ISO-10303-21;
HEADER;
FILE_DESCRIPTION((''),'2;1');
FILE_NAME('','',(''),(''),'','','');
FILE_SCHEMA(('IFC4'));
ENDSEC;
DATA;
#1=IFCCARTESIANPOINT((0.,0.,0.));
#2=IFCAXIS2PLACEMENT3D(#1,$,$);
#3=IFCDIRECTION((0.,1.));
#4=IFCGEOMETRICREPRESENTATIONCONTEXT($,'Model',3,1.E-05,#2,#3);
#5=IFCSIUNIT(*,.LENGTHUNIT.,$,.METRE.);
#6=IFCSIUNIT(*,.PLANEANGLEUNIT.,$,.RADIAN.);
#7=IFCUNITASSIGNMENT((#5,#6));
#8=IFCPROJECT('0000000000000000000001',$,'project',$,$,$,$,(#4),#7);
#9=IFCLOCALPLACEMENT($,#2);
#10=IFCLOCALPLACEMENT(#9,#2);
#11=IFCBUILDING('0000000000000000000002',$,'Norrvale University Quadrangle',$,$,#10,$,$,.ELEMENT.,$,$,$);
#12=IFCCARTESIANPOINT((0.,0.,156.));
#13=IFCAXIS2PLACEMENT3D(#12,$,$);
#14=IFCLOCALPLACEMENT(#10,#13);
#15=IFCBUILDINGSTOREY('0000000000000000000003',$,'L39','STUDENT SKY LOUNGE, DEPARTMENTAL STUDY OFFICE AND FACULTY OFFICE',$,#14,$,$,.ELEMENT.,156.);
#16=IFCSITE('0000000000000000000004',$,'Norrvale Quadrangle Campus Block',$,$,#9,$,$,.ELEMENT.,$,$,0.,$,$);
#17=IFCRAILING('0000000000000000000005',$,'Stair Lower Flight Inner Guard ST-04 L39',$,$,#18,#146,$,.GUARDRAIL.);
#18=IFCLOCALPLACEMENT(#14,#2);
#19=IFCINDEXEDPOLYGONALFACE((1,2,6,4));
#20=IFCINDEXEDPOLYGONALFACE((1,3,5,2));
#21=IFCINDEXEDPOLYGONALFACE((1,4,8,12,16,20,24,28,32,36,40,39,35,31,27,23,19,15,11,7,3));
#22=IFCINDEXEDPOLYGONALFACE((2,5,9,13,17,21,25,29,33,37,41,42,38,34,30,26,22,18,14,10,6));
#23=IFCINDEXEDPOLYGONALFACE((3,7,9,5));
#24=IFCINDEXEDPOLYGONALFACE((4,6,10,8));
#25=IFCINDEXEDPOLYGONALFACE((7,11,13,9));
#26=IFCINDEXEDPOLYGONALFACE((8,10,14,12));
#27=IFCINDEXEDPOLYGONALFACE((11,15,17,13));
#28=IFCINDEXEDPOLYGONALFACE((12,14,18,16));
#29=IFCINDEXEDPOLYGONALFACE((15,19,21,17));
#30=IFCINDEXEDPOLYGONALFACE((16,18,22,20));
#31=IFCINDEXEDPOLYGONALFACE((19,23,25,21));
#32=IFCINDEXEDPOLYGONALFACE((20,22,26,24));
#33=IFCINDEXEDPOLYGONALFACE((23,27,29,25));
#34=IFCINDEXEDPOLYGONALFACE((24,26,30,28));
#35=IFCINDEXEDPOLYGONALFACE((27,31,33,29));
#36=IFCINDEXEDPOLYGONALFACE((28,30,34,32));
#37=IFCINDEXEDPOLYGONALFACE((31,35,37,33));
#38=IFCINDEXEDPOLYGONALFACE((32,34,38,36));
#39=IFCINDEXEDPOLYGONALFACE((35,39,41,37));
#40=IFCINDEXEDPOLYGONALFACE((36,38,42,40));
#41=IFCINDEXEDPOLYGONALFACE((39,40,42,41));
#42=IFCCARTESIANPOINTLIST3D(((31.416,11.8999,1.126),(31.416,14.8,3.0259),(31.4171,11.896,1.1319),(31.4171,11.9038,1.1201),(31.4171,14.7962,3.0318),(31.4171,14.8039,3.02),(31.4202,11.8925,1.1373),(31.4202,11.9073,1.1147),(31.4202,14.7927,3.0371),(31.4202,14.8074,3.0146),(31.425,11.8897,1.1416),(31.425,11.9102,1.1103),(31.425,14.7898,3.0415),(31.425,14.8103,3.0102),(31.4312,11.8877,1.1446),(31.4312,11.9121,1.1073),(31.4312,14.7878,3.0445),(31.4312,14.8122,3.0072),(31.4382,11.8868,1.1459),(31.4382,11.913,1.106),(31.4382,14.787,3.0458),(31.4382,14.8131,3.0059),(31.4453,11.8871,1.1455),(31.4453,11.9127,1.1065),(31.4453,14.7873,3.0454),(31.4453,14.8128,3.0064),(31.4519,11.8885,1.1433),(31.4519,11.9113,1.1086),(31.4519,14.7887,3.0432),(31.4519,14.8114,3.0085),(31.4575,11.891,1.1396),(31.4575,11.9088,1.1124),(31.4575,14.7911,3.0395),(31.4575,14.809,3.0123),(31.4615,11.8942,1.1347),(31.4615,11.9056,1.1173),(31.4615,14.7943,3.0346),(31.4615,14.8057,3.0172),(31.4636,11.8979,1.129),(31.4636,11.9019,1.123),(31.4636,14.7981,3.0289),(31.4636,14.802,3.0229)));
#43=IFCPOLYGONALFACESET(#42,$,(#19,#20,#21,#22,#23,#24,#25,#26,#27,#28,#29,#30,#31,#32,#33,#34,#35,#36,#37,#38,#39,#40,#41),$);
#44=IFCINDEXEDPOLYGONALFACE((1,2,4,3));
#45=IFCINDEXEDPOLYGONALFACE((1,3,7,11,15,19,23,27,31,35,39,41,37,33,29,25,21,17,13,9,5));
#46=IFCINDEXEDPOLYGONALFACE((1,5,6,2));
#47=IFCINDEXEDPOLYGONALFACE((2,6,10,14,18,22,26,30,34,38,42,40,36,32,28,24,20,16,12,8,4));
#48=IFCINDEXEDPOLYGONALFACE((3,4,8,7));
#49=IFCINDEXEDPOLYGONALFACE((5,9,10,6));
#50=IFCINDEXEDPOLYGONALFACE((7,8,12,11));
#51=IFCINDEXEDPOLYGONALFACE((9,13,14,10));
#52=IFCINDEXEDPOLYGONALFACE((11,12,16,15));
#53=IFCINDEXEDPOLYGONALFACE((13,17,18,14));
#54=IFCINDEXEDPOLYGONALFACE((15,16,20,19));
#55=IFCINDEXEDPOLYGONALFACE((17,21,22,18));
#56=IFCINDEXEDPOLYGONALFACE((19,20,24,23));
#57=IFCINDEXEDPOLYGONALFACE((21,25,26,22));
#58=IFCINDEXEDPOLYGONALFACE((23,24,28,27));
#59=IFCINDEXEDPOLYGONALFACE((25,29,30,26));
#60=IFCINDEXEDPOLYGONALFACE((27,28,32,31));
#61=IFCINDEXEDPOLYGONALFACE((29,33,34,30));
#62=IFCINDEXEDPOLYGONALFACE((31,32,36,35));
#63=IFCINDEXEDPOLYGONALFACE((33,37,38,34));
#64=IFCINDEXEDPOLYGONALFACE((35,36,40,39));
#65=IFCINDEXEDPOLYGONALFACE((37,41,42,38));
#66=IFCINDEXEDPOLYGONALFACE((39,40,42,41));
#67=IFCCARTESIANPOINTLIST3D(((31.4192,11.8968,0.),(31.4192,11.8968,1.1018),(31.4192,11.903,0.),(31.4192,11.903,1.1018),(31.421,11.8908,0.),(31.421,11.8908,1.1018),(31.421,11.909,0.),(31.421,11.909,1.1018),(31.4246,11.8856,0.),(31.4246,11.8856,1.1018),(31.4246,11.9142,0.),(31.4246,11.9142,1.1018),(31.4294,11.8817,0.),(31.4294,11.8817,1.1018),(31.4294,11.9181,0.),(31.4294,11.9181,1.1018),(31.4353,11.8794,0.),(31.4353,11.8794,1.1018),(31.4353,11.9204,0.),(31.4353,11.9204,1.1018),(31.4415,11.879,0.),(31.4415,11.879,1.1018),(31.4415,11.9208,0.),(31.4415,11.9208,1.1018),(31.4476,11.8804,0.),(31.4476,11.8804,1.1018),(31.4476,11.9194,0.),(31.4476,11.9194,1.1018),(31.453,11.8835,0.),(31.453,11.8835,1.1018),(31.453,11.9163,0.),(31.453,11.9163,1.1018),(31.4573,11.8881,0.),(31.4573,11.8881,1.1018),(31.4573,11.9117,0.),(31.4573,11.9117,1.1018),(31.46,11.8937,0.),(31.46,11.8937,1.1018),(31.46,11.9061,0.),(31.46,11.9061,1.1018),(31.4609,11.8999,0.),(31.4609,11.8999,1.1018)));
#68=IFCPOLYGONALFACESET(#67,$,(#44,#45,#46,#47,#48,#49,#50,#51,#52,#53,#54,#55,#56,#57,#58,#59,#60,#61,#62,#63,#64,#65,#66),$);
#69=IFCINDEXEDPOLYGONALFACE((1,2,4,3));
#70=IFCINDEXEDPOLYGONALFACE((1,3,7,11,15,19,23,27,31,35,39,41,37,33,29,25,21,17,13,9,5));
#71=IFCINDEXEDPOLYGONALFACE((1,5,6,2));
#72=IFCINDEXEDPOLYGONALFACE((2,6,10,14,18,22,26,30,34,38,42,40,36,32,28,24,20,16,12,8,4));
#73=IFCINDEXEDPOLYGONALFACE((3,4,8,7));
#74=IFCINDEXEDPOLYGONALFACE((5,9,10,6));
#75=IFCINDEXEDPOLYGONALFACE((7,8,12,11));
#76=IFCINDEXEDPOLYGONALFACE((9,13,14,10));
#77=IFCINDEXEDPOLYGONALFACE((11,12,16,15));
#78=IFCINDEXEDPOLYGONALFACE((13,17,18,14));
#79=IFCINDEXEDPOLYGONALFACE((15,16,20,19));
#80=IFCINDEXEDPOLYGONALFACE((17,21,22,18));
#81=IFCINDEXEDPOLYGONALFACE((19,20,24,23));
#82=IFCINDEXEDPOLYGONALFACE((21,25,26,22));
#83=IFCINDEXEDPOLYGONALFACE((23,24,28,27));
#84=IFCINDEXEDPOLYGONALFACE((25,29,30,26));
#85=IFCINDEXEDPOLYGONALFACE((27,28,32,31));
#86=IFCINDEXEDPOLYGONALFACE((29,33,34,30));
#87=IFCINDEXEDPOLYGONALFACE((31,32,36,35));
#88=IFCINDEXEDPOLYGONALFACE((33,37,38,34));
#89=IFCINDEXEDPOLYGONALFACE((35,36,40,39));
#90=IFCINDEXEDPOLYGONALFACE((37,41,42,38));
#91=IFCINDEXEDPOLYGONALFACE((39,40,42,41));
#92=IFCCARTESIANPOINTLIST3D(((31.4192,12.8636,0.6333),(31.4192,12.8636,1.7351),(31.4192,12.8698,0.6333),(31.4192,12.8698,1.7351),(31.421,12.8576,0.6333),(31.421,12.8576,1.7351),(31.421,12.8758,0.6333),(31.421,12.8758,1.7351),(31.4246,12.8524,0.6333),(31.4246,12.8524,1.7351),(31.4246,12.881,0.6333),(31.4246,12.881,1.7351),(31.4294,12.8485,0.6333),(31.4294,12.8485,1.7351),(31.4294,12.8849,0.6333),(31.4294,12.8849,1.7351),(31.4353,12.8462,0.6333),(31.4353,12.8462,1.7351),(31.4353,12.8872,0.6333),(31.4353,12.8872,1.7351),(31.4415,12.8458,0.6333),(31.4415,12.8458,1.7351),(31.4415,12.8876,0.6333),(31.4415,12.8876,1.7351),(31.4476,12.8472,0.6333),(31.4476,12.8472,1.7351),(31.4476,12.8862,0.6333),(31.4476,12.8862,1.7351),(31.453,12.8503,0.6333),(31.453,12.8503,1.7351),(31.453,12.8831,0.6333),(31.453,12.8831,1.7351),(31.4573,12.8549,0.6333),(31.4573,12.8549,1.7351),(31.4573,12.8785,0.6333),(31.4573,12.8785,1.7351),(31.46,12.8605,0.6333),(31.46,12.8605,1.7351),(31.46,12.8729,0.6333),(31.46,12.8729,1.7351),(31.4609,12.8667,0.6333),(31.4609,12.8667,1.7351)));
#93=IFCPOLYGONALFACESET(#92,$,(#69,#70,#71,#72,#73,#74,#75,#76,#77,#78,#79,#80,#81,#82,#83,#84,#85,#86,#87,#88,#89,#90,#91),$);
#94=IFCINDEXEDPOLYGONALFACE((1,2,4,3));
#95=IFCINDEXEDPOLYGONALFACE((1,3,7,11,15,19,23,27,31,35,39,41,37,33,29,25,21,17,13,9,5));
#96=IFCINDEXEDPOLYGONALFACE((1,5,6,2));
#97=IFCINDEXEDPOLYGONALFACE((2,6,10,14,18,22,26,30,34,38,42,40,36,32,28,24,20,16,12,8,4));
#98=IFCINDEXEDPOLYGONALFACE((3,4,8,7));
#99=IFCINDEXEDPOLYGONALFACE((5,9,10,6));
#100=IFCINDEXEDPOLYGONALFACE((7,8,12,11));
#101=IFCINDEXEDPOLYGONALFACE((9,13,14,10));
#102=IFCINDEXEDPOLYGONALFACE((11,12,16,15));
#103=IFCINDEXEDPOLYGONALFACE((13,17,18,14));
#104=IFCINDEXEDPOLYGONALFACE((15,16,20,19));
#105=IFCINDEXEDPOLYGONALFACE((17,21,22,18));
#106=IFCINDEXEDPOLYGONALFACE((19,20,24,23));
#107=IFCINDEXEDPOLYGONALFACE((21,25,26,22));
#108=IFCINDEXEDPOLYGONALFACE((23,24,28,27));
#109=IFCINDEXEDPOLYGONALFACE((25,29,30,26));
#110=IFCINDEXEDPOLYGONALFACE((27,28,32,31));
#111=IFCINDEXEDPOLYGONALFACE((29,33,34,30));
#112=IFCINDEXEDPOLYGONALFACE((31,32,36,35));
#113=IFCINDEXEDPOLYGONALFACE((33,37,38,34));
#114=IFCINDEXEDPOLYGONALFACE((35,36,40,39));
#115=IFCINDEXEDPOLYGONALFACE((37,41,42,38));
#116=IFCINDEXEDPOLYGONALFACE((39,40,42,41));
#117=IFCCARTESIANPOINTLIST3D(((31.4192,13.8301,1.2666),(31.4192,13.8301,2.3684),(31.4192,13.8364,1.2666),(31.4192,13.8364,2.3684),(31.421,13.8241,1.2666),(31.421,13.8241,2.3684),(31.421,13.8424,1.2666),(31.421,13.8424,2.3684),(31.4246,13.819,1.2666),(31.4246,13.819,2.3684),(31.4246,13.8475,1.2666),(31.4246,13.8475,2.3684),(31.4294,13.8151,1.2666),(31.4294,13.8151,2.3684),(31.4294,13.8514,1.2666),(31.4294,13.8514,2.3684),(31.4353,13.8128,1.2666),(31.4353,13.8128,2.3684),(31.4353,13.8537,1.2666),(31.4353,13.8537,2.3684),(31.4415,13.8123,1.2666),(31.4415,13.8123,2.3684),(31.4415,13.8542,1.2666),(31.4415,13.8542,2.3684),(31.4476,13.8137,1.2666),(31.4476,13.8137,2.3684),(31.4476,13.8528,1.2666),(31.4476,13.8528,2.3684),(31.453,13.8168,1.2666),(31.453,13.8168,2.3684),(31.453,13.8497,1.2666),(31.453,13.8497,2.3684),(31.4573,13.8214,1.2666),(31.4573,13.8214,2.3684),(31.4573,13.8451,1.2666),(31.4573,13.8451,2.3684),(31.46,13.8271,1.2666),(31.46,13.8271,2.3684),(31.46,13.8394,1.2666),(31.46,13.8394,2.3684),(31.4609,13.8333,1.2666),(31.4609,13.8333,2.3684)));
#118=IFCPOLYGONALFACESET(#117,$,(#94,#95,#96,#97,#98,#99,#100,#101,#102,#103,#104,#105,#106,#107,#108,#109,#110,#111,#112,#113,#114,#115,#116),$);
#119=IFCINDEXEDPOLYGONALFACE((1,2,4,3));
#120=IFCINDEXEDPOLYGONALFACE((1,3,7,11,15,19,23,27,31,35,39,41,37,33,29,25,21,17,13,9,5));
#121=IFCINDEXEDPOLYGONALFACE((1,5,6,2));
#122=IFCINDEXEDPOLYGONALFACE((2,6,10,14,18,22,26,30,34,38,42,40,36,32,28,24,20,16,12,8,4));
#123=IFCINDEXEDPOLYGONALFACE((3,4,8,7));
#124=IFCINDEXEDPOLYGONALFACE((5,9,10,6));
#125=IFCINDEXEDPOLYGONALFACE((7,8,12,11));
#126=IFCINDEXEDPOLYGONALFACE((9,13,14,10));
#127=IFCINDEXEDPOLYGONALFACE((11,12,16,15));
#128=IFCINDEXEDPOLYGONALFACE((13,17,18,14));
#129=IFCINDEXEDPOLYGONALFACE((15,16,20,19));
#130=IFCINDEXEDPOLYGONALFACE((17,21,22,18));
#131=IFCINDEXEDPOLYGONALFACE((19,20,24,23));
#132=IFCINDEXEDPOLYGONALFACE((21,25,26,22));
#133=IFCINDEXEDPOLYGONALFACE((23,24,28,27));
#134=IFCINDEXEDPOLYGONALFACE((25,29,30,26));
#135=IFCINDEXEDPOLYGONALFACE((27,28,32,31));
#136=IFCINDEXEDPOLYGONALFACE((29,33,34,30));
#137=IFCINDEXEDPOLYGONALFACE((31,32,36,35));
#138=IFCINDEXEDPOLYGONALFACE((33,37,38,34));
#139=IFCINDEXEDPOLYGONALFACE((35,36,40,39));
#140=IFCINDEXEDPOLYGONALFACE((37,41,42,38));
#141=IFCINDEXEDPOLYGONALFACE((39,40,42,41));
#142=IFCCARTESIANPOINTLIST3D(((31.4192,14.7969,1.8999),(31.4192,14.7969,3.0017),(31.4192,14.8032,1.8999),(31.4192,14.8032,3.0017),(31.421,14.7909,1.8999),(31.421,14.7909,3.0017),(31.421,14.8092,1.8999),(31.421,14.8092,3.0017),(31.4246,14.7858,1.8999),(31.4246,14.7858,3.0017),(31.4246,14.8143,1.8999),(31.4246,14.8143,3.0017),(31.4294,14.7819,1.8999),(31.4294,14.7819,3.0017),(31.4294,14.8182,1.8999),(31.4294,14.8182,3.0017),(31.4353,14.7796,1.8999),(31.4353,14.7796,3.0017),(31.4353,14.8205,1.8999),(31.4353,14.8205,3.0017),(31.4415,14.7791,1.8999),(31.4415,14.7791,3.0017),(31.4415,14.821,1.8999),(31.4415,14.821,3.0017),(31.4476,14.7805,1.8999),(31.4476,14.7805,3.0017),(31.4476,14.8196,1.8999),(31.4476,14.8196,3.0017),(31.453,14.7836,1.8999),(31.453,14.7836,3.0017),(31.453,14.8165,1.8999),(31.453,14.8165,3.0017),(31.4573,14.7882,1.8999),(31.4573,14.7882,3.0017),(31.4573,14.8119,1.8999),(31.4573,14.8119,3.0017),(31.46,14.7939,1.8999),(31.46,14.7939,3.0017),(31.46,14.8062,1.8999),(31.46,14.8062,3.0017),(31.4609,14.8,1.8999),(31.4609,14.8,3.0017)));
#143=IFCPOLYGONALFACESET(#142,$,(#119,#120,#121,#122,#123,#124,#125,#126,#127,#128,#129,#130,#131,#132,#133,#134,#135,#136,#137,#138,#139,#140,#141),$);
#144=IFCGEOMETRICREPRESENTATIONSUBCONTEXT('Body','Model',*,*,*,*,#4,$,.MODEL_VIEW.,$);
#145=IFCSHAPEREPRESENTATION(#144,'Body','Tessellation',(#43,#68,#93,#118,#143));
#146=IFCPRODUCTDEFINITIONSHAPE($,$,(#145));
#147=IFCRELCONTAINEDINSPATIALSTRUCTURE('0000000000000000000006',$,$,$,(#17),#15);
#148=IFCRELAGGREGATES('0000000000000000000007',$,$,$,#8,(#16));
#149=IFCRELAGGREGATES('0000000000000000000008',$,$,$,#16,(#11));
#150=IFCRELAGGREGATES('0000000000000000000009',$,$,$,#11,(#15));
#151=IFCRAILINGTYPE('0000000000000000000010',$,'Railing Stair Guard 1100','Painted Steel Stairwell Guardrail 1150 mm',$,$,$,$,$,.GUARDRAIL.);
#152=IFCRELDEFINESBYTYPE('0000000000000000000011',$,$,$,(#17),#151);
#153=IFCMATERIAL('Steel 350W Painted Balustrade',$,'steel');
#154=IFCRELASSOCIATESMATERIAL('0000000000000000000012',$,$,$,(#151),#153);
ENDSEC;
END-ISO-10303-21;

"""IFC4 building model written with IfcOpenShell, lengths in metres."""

from ifc_helpers import new_model, si_unit, direction, frame, origin, origin_2d, place, context, subcontext, project, spatial, circle, extrude, material, type_object, element, save


model = new_model("IFC4")

# Units and contexts
model_context = context("Model", 3, precision=1e-05, world=origin(), true_north=direction((0.0, 1.0)))
body_context = subcontext(model_context, "Body", "Model", "MODEL_VIEW")
ifc_project = project(units=[si_unit("LENGTHUNIT", "METRE"), si_unit("PLANEANGLEUNIT", "RADIAN")], contexts=[model_context])

# Site, building, storey
site_placement = place(None, origin())
site = spatial("IfcSite", under=ifc_project, at=site_placement, Name="Norrvale Quadrangle Campus Block", CompositionType="ELEMENT", RefElevation=0.0)
building_placement = place(site_placement, origin())
building = spatial("IfcBuilding", under=site, at=building_placement, Name="Norrvale University Quadrangle", CompositionType="ELEMENT")
storey_placement = place(building_placement, frame((0.0, 0.0, 156.0)))
storey = spatial("IfcBuildingStorey", under=building, at=storey_placement, Name="L39", Description="STUDENT SKY LOUNGE, DEPARTMENTAL STUDY OFFICE AND FACULTY OFFICE", CompositionType="ELEMENT", Elevation=156.0)

# Railing
ifc_material_1 = material(Name="Steel 350W Painted Balustrade", Category="steel")
railing_type_1 = type_object("IfcRailingType", Name="Railing Stair Guard 1100", Description="Painted Steel Stairwell Guardrail 1150 mm", PredefinedType="GUARDRAIL", material=ifc_material_1)
railing_1_placement = place(storey_placement, frame((31.4399, 11.8999, 0.0)))
element("IfcRailing", 1, at=railing_1_placement, inside=storey, type_object=railing_type_1, Name="Stair Lower Flight Inner Guard ST-04 L39", PredefinedType="GUARDRAIL", context=body_context, shape_type="SweptSolid", body=[
    extrude(circle(Radius=0.0239, at=origin_2d()), frame((0.0, 0.0, 1.126), z_axis=(0.0, 0.836487, 0.547987), x_axis=(-1.0, 0.0, 0.0)), (0.0, 0.0, 1.0), 3.467),
    extrude(circle(Radius=0.021, at=origin_2d()), origin(), (0.0, 0.0, 1.0), 1.1018),
    extrude(circle(Radius=0.021, at=origin_2d()), frame((0.0, 0.9668, 0.6333)), (0.0, 0.0, 1.0), 1.1018),
    extrude(circle(Radius=0.021, at=origin_2d()), frame((0.0, 1.9333, 1.2666)), (0.0, 0.0, 1.0), 1.1018),
    extrude(circle(Radius=0.021, at=origin_2d()), frame((0.0, 2.9001, 1.8999)), (0.0, 0.0, 1.0), 1.1018),
])

save(model, "model.ifc")
